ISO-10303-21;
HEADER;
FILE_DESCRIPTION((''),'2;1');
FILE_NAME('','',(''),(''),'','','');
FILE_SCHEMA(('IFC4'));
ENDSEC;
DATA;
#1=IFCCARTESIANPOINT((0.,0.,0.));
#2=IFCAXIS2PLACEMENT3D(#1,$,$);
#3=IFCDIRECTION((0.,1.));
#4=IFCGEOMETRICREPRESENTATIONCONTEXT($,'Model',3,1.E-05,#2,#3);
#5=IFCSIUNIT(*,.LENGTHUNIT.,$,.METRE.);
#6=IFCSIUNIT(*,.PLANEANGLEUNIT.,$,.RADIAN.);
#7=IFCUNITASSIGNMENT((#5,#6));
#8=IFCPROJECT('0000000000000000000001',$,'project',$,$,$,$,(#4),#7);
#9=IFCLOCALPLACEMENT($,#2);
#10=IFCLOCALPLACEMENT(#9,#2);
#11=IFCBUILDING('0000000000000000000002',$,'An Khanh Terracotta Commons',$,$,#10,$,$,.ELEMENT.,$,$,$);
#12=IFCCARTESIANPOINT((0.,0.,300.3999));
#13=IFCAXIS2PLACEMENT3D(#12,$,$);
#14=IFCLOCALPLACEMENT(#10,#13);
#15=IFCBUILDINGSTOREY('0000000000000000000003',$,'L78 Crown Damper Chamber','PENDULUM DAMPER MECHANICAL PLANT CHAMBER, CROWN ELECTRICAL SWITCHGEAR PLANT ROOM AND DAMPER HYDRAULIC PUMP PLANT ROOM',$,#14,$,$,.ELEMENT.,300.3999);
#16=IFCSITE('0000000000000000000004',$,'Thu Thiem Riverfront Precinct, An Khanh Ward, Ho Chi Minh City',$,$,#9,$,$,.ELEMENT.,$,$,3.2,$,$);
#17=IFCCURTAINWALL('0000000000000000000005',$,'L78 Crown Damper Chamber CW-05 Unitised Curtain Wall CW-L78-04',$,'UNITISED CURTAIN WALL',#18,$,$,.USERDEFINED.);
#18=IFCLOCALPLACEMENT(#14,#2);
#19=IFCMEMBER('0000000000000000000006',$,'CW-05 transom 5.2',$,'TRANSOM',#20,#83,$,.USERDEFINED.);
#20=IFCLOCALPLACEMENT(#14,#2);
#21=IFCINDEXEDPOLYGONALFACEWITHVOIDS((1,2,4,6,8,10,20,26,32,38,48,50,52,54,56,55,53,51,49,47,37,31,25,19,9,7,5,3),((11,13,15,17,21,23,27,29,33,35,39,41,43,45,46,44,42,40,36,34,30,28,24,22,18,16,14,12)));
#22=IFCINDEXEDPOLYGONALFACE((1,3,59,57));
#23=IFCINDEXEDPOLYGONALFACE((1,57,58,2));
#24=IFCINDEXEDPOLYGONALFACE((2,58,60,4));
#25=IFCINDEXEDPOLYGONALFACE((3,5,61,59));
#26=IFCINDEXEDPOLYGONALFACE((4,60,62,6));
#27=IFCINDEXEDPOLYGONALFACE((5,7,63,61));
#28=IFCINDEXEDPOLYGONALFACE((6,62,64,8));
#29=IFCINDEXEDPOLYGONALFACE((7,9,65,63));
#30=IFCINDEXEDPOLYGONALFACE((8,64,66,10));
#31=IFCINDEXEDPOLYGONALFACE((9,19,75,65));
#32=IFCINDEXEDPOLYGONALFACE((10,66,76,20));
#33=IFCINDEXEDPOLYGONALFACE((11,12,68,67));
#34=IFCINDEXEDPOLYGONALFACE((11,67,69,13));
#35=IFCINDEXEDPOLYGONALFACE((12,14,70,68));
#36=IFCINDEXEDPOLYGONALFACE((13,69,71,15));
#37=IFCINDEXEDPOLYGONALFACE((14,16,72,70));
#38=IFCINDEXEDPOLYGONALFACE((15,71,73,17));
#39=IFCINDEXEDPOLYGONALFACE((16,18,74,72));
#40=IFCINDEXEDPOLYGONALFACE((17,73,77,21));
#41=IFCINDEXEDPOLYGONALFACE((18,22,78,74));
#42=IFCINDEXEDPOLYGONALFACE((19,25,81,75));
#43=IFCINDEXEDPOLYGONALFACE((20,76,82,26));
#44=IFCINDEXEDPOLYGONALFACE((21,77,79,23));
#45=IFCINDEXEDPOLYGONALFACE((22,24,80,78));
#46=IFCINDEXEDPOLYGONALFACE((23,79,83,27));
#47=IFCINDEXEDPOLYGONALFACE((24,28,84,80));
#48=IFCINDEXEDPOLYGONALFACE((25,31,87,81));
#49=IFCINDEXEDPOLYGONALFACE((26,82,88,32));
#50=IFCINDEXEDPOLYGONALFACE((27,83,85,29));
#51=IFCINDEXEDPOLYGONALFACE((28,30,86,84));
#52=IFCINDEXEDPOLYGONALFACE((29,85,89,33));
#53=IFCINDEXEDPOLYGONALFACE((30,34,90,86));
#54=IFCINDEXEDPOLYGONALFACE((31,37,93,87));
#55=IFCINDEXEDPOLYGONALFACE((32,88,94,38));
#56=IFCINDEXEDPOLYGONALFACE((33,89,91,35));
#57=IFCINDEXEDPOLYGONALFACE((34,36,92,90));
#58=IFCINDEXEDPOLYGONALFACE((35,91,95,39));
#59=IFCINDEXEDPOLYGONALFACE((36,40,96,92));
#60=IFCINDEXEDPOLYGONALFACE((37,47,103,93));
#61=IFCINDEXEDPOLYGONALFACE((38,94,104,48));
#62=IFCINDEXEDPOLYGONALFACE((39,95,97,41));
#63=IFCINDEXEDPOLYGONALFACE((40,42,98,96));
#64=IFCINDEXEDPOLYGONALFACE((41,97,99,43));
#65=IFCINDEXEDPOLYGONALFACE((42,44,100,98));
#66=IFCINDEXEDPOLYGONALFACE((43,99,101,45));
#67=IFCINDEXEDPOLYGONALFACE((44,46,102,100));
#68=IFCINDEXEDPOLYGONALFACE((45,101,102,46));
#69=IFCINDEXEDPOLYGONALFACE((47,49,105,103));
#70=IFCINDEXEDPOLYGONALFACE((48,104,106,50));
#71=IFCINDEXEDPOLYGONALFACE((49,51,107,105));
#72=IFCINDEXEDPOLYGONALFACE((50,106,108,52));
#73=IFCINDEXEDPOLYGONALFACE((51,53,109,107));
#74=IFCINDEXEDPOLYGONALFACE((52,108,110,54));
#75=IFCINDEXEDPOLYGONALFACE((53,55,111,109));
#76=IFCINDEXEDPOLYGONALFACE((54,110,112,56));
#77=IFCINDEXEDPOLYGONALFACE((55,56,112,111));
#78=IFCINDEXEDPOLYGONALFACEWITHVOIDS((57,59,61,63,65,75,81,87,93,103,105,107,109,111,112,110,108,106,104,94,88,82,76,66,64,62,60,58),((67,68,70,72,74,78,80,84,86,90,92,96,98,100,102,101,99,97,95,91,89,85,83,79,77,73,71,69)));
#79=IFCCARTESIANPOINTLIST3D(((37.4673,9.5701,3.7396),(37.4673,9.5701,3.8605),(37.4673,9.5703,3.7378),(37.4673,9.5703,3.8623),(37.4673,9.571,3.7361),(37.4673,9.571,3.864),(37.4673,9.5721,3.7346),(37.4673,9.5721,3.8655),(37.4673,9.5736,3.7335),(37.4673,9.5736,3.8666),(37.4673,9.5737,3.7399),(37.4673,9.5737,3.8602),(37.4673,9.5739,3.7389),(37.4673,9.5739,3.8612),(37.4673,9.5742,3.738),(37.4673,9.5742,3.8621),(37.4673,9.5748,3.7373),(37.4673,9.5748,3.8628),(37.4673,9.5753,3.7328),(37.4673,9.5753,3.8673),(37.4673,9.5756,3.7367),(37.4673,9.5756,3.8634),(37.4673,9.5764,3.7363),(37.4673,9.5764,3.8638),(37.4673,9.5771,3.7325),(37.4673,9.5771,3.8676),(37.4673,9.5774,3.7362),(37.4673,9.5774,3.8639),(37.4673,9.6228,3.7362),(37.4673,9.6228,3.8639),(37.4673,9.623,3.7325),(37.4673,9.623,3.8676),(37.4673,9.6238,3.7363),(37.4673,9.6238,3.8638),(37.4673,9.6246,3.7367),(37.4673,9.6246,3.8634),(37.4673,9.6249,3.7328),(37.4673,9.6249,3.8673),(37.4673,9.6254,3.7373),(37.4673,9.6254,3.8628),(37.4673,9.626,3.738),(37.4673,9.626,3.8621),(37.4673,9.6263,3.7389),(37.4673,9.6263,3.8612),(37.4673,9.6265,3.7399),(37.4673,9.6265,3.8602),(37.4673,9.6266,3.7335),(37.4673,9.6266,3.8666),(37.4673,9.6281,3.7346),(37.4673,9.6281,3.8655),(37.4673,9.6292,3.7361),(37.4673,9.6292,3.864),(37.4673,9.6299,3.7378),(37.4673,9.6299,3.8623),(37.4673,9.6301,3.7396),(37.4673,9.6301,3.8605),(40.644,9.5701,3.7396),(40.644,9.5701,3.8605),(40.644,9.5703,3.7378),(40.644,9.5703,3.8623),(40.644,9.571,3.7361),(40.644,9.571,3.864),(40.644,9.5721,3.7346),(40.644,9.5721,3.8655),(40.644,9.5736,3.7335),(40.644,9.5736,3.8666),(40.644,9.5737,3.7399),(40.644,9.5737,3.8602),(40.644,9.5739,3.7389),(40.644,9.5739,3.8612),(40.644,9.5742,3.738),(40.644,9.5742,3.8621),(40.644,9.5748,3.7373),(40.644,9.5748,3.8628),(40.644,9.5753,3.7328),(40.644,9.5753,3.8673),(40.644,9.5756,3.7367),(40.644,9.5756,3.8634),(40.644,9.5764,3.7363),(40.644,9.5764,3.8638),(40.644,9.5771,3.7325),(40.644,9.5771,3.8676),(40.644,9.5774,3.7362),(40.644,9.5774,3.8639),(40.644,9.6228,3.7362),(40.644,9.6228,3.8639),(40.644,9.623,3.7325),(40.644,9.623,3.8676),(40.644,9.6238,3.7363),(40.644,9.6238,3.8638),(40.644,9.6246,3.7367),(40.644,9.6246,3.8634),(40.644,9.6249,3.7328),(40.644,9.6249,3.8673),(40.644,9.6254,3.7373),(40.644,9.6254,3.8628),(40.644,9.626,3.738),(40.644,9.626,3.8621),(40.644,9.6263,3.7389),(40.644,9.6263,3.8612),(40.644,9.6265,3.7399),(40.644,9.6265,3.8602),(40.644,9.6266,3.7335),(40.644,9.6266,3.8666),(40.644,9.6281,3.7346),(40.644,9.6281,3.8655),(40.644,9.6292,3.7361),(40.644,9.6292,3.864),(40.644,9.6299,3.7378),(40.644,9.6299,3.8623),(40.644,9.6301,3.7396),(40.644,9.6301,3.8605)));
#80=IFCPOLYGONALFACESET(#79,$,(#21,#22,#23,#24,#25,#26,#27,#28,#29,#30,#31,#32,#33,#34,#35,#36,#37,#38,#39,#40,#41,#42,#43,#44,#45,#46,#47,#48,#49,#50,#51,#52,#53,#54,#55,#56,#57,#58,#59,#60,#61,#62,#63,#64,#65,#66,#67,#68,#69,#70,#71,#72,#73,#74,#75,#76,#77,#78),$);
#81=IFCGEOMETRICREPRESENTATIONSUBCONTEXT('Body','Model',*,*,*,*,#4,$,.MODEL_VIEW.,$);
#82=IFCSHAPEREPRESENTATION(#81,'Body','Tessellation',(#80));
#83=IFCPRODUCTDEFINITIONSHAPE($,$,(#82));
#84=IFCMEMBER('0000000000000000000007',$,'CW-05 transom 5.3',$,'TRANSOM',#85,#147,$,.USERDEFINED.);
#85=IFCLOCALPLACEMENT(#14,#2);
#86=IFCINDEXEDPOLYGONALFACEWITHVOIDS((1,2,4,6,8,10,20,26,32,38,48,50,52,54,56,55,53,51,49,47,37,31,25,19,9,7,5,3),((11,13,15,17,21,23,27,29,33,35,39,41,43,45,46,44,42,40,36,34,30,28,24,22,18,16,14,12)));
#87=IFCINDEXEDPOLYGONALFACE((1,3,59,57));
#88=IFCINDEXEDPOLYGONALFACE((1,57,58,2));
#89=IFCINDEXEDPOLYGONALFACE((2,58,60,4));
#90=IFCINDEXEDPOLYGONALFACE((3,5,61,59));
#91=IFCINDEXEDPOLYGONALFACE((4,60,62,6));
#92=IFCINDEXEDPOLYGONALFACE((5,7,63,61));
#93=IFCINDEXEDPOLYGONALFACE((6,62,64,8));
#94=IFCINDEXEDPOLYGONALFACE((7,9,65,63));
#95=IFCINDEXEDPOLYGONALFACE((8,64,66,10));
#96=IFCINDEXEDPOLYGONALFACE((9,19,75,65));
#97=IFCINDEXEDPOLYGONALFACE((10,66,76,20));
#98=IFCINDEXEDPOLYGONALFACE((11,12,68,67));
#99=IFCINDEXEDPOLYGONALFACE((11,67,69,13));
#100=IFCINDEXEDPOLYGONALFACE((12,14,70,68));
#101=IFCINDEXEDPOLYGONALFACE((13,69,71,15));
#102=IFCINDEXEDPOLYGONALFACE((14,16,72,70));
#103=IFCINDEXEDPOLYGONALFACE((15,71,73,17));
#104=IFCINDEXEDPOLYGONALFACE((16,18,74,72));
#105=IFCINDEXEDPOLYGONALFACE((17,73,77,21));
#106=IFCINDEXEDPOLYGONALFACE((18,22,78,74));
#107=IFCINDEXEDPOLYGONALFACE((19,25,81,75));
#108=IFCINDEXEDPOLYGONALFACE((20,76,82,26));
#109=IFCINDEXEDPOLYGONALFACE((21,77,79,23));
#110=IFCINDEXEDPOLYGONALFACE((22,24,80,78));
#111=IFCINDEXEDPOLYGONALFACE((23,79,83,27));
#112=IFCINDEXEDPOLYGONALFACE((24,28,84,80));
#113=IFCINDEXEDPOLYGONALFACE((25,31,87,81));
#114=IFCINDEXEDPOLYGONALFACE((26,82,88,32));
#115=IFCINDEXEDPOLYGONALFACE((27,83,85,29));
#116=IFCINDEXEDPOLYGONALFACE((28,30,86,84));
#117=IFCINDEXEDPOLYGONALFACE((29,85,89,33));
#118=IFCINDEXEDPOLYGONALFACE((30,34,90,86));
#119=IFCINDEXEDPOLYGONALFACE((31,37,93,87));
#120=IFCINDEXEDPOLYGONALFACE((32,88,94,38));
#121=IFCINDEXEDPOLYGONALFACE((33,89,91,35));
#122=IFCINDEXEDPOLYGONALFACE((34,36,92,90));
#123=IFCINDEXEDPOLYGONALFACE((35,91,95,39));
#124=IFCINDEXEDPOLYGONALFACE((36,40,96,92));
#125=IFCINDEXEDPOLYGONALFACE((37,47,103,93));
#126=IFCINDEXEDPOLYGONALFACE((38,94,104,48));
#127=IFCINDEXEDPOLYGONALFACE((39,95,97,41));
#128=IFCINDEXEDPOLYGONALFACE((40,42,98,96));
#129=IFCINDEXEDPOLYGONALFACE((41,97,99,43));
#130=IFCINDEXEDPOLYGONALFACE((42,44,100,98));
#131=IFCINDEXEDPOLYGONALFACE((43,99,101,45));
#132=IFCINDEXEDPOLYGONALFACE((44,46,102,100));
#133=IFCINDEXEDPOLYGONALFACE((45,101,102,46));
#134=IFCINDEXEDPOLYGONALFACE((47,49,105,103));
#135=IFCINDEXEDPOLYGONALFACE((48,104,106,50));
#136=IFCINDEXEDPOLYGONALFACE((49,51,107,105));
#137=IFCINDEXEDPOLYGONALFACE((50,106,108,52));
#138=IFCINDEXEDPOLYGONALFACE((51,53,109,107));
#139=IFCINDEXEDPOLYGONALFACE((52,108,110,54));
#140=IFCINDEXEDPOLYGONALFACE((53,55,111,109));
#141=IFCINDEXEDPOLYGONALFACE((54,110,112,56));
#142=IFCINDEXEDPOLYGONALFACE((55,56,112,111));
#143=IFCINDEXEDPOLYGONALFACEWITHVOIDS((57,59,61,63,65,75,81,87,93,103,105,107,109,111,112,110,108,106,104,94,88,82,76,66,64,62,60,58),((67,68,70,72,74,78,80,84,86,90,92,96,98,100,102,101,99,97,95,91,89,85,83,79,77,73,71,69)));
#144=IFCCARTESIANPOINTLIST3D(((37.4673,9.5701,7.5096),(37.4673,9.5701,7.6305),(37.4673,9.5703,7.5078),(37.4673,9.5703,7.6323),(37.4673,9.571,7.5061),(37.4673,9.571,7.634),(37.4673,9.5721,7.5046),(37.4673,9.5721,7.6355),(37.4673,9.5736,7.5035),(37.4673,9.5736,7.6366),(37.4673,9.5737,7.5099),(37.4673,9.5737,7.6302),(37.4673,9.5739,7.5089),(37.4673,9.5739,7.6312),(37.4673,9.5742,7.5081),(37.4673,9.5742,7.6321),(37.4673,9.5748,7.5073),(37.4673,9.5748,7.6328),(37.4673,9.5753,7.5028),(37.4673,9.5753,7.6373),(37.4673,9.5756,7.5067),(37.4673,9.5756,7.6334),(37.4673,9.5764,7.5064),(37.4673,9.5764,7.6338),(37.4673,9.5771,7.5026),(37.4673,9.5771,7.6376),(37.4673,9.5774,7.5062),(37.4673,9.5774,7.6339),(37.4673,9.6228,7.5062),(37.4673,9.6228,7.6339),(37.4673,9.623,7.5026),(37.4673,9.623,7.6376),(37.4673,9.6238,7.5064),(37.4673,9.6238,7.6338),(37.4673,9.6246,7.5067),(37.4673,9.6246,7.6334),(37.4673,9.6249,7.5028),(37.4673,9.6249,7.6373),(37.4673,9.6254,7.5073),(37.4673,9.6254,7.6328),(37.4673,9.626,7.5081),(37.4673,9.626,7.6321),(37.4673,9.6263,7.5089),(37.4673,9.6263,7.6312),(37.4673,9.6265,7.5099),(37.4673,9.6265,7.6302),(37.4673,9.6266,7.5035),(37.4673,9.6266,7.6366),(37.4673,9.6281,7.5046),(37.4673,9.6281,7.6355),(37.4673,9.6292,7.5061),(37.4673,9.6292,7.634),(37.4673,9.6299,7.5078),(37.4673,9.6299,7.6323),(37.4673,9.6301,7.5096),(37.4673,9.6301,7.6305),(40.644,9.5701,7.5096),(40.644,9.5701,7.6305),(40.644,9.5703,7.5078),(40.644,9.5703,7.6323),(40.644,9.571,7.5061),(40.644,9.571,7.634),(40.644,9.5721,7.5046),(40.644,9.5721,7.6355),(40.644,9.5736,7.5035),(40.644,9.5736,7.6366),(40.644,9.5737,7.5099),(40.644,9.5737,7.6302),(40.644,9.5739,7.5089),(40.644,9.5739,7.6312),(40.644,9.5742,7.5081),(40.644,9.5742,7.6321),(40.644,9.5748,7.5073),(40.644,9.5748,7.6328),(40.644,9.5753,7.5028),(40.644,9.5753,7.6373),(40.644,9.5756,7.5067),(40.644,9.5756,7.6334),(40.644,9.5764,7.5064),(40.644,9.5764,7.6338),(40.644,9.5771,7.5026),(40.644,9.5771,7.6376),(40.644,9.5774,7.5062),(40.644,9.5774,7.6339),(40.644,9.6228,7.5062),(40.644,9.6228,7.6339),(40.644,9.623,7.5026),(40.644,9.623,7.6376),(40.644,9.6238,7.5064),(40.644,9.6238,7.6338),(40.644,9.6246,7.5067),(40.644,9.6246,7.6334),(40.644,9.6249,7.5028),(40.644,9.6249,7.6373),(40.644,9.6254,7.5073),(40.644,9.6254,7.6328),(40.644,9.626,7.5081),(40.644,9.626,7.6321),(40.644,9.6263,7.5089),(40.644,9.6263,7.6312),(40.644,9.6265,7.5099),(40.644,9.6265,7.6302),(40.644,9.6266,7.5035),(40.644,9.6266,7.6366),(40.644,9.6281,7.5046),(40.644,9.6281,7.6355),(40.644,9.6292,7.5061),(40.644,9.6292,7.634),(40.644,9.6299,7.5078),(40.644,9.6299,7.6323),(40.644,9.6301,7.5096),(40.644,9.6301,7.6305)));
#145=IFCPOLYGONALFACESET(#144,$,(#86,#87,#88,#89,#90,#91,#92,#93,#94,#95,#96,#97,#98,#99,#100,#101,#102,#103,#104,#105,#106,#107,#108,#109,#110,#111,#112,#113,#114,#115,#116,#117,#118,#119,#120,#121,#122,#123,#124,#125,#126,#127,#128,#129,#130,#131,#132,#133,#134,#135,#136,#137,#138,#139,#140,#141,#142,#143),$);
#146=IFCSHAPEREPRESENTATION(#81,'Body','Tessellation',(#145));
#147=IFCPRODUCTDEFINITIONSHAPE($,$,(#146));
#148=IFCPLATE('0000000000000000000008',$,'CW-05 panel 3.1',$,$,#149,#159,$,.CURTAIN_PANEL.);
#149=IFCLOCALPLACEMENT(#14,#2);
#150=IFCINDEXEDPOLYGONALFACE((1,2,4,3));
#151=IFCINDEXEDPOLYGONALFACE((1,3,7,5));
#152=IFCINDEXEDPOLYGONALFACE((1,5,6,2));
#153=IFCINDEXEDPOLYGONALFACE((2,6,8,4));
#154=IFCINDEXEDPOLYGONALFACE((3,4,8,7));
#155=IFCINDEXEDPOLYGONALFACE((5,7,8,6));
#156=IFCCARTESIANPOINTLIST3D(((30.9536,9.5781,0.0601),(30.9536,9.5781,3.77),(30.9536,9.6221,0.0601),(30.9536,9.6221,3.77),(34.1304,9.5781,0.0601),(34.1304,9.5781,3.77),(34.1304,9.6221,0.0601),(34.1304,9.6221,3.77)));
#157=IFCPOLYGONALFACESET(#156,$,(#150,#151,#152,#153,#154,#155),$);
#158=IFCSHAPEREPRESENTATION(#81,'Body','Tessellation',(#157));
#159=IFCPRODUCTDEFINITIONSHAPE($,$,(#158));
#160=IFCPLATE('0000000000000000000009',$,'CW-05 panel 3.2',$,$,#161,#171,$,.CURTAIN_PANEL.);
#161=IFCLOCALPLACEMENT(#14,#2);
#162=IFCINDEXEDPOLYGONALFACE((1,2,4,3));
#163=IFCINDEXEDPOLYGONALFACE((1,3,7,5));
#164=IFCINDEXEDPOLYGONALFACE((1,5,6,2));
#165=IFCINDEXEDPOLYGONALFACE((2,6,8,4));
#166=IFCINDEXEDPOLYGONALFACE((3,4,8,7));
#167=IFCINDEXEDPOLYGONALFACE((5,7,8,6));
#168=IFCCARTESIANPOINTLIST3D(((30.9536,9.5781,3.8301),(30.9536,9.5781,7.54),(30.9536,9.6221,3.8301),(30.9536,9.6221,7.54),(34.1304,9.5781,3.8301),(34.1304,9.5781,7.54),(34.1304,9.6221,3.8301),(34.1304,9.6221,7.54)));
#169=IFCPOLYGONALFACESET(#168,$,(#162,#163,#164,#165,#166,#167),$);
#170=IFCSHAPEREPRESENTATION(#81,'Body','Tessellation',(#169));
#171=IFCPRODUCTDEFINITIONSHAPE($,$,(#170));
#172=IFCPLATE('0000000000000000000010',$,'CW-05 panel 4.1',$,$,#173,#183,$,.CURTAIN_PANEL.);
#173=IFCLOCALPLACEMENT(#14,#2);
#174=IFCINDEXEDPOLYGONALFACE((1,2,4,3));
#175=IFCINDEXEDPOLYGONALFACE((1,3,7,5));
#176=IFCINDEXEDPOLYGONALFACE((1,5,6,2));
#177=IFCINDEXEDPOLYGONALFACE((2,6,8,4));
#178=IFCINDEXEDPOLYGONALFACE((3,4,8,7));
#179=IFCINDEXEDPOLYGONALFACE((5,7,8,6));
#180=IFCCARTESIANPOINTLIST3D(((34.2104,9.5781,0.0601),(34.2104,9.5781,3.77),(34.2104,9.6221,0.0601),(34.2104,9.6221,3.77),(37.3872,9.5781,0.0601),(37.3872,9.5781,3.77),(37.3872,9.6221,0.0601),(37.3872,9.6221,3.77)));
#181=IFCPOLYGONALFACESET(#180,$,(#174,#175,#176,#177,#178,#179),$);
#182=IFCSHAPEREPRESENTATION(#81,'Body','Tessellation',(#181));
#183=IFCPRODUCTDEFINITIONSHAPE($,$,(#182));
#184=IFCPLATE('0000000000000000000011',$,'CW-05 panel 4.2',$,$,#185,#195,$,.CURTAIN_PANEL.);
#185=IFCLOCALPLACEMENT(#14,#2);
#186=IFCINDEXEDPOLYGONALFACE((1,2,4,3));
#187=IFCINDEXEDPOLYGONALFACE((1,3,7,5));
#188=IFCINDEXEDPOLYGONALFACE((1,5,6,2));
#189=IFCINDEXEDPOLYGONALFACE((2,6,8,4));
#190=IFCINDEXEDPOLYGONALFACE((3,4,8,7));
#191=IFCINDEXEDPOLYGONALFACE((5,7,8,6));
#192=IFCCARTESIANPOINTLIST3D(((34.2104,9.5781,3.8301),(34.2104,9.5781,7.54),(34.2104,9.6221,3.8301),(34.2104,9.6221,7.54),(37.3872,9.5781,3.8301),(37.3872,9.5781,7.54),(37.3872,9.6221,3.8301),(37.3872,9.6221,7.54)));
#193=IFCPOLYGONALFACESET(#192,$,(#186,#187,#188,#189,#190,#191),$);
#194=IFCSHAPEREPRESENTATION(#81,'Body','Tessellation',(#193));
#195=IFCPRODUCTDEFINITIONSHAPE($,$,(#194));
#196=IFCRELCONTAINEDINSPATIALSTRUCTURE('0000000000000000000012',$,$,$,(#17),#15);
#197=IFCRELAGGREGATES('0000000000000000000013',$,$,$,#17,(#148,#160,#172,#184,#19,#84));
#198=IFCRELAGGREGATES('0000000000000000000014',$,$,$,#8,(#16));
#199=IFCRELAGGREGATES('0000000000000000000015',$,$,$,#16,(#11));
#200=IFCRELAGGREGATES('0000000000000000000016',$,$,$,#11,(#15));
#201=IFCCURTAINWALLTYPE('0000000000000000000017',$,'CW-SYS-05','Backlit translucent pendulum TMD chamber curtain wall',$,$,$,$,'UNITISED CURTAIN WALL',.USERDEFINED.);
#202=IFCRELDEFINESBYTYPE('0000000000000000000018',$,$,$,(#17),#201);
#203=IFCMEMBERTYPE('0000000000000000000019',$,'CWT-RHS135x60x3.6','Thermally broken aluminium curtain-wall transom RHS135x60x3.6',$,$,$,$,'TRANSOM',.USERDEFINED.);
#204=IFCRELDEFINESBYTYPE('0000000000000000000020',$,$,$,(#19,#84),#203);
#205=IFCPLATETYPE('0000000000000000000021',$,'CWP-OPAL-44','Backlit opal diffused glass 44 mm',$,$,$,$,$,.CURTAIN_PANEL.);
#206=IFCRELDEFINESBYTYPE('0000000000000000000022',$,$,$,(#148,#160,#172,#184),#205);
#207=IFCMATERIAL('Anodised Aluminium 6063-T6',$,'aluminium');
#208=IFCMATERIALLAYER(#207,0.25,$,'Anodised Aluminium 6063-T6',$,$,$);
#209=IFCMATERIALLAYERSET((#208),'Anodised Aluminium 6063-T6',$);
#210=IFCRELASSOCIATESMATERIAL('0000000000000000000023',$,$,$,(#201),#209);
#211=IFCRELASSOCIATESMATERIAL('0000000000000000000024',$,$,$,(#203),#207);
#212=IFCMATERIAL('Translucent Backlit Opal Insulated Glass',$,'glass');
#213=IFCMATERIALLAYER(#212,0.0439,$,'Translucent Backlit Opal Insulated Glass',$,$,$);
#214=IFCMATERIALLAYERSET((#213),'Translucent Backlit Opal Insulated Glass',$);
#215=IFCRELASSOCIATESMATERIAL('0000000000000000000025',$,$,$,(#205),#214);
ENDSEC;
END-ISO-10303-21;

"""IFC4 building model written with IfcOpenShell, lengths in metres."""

from ifc_helpers import new_model, si_unit, direction, frame, origin, origin_2d, place, context, subcontext, project, spatial, rectangle, hollow_rectangle, extrude, material, layer, layer_set, material_profile, profile_set, type_object, element, aggregate, save


model = new_model("IFC4")

# Units and contexts
model_context = context("Model", 3, precision=1e-05, world=origin(), true_north=direction((0.0, 1.0)))
body_context = subcontext(model_context, "Body", "Model", "MODEL_VIEW")
ifc_project = project(units=[si_unit("LENGTHUNIT", "METRE"), si_unit("PLANEANGLEUNIT", "RADIAN")], contexts=[model_context])

# Site, building, storey
site_placement = place(None, origin())
site = spatial("IfcSite", under=ifc_project, at=site_placement, Name="Thu Thiem Riverfront Precinct, An Khanh Ward, Ho Chi Minh City", CompositionType="ELEMENT", RefElevation=3.2)
building_placement = place(site_placement, origin())
building = spatial("IfcBuilding", under=site, at=building_placement, Name="An Khanh Terracotta Commons", CompositionType="ELEMENT")
storey_placement = place(building_placement, frame((0.0, 0.0, 300.3999)))
storey = spatial("IfcBuildingStorey", under=building, at=storey_placement, Name="L78 Crown Damper Chamber", Description="PENDULUM DAMPER MECHANICAL PLANT CHAMBER, CROWN ELECTRICAL SWITCHGEAR PLANT ROOM AND DAMPER HYDRAULIC PUMP PLANT ROOM", CompositionType="ELEMENT", Elevation=300.3999)

# Curtain wall, members, plates
ifc_material_1 = material(Name="Anodised Aluminium 6063-T6", Category="aluminium")
ifc_layer_1 = layer(ifc_material_1, 0.25, Name="Anodised Aluminium 6063-T6")
ifc_layer_set_1 = layer_set([ifc_layer_1], Name="Anodised Aluminium 6063-T6")
curtain_wall_type = type_object("IfcCurtainWallType", Name="CW-SYS-05", Description="Backlit translucent pendulum TMD chamber curtain wall", ElementType="UNITISED CURTAIN WALL", PredefinedType="USERDEFINED", material=ifc_layer_set_1)
curtain_wall_placement = place(storey_placement, origin())
curtain_wall = element("IfcCurtainWall", 1, at=curtain_wall_placement, inside=storey, type_object=curtain_wall_type, Name="L78 Crown Damper Chamber CW-05 Unitised Curtain Wall CW-L78-04", ObjectType="UNITISED CURTAIN WALL", PredefinedType="USERDEFINED")
ifc_material_profile_1 = material_profile(ifc_material_1, hollow_rectangle(XDim=0.0601, YDim=0.135, WallThickness=0.0037, InnerFilletRadius=0.0037, OuterFilletRadius=0.0071, at=origin_2d()), Name="RHS135x60x3.6")
ifc_profile_set_1 = profile_set([ifc_material_profile_1], Name="Anodised Aluminium 6063-T6")
member_type_1 = type_object("IfcMemberType", Name="CWT-RHS135x60x3.6", Description="Thermally broken aluminium curtain-wall transom RHS135x60x3.6", ElementType="TRANSOM", PredefinedType="USERDEFINED", material=ifc_profile_set_1)
member_1_placement = place(storey_placement, frame((37.4673, 9.6001, 3.8), z_axis=(1.0, 0.0, 0.0), x_axis=(0.0, 1.0, 0.0)))
member_1 = element("IfcMember", 2, at=member_1_placement, type_object=member_type_1, Name="CW-05 transom 5.2", ObjectType="TRANSOM", PredefinedType="USERDEFINED", context=body_context, shape_type="SweptSolid", body=[
    extrude(hollow_rectangle(XDim=0.0601, YDim=0.135, WallThickness=0.0037, InnerFilletRadius=0.0037, OuterFilletRadius=0.0071, at=origin_2d()), origin(), (0.0, 0.0, 1.0), 3.1768),
])
member_2_placement = place(storey_placement, frame((37.4673, 9.6001, 7.5701), z_axis=(1.0, 0.0, 0.0), x_axis=(0.0, 1.0, 0.0)))
member_2 = element("IfcMember", 3, at=member_2_placement, type_object=member_type_1, Name="CW-05 transom 5.3", ObjectType="TRANSOM", PredefinedType="USERDEFINED", context=body_context, shape_type="SweptSolid", body=[
    extrude(hollow_rectangle(XDim=0.0601, YDim=0.135, WallThickness=0.0037, InnerFilletRadius=0.0037, OuterFilletRadius=0.0071, at=origin_2d()), origin(), (0.0, 0.0, 1.0), 3.1768),
])
ifc_material_2 = material(Name="Translucent Backlit Opal Insulated Glass", Category="glass")
ifc_layer_2 = layer(ifc_material_2, 0.0439, Name="Translucent Backlit Opal Insulated Glass")
ifc_layer_set_2 = layer_set([ifc_layer_2], Name="Translucent Backlit Opal Insulated Glass")
plate_type = type_object("IfcPlateType", Name="CWP-OPAL-44", Description="Backlit opal diffused glass 44 mm", PredefinedType="CURTAIN_PANEL", material=ifc_layer_set_2)
plate_1_placement = place(storey_placement, frame((32.542, 9.6001, 0.0601), z_axis=(0.0, 0.0, 1.0), x_axis=(1.0, 0.0, 0.0)))
plate_1 = element("IfcPlate", 4, at=plate_1_placement, type_object=plate_type, Name="CW-05 panel 3.1", PredefinedType="CURTAIN_PANEL", context=body_context, shape_type="SweptSolid", body=[
    extrude(rectangle(XDim=3.1768, YDim=0.0439, at=origin_2d()), origin(), (0.0, 0.0, 1.0), 3.71),
])
plate_2_placement = place(storey_placement, frame((32.542, 9.6001, 3.8301), z_axis=(0.0, 0.0, 1.0), x_axis=(1.0, 0.0, 0.0)))
plate_2 = element("IfcPlate", 5, at=plate_2_placement, type_object=plate_type, Name="CW-05 panel 3.2", PredefinedType="CURTAIN_PANEL", context=body_context, shape_type="SweptSolid", body=[
    extrude(rectangle(XDim=3.1768, YDim=0.0439, at=origin_2d()), origin(), (0.0, 0.0, 1.0), 3.71),
])
plate_3_placement = place(storey_placement, frame((35.7988, 9.6001, 0.0601), z_axis=(0.0, 0.0, 1.0), x_axis=(1.0, 0.0, 0.0)))
plate_3 = element("IfcPlate", 6, at=plate_3_placement, type_object=plate_type, Name="CW-05 panel 4.1", PredefinedType="CURTAIN_PANEL", context=body_context, shape_type="SweptSolid", body=[
    extrude(rectangle(XDim=3.1768, YDim=0.0439, at=origin_2d()), origin(), (0.0, 0.0, 1.0), 3.71),
])
plate_4_placement = place(storey_placement, frame((35.7988, 9.6001, 3.8301), z_axis=(0.0, 0.0, 1.0), x_axis=(1.0, 0.0, 0.0)))
plate_4 = element("IfcPlate", 7, at=plate_4_placement, type_object=plate_type, Name="CW-05 panel 4.2", PredefinedType="CURTAIN_PANEL", context=body_context, shape_type="SweptSolid", body=[
    extrude(rectangle(XDim=3.1768, YDim=0.0439, at=origin_2d()), origin(), (0.0, 0.0, 1.0), 3.71),
])
aggregate(curtain_wall, [plate_1, plate_2, plate_3, plate_4, member_1, member_2])

save(model, "model.ifc")
